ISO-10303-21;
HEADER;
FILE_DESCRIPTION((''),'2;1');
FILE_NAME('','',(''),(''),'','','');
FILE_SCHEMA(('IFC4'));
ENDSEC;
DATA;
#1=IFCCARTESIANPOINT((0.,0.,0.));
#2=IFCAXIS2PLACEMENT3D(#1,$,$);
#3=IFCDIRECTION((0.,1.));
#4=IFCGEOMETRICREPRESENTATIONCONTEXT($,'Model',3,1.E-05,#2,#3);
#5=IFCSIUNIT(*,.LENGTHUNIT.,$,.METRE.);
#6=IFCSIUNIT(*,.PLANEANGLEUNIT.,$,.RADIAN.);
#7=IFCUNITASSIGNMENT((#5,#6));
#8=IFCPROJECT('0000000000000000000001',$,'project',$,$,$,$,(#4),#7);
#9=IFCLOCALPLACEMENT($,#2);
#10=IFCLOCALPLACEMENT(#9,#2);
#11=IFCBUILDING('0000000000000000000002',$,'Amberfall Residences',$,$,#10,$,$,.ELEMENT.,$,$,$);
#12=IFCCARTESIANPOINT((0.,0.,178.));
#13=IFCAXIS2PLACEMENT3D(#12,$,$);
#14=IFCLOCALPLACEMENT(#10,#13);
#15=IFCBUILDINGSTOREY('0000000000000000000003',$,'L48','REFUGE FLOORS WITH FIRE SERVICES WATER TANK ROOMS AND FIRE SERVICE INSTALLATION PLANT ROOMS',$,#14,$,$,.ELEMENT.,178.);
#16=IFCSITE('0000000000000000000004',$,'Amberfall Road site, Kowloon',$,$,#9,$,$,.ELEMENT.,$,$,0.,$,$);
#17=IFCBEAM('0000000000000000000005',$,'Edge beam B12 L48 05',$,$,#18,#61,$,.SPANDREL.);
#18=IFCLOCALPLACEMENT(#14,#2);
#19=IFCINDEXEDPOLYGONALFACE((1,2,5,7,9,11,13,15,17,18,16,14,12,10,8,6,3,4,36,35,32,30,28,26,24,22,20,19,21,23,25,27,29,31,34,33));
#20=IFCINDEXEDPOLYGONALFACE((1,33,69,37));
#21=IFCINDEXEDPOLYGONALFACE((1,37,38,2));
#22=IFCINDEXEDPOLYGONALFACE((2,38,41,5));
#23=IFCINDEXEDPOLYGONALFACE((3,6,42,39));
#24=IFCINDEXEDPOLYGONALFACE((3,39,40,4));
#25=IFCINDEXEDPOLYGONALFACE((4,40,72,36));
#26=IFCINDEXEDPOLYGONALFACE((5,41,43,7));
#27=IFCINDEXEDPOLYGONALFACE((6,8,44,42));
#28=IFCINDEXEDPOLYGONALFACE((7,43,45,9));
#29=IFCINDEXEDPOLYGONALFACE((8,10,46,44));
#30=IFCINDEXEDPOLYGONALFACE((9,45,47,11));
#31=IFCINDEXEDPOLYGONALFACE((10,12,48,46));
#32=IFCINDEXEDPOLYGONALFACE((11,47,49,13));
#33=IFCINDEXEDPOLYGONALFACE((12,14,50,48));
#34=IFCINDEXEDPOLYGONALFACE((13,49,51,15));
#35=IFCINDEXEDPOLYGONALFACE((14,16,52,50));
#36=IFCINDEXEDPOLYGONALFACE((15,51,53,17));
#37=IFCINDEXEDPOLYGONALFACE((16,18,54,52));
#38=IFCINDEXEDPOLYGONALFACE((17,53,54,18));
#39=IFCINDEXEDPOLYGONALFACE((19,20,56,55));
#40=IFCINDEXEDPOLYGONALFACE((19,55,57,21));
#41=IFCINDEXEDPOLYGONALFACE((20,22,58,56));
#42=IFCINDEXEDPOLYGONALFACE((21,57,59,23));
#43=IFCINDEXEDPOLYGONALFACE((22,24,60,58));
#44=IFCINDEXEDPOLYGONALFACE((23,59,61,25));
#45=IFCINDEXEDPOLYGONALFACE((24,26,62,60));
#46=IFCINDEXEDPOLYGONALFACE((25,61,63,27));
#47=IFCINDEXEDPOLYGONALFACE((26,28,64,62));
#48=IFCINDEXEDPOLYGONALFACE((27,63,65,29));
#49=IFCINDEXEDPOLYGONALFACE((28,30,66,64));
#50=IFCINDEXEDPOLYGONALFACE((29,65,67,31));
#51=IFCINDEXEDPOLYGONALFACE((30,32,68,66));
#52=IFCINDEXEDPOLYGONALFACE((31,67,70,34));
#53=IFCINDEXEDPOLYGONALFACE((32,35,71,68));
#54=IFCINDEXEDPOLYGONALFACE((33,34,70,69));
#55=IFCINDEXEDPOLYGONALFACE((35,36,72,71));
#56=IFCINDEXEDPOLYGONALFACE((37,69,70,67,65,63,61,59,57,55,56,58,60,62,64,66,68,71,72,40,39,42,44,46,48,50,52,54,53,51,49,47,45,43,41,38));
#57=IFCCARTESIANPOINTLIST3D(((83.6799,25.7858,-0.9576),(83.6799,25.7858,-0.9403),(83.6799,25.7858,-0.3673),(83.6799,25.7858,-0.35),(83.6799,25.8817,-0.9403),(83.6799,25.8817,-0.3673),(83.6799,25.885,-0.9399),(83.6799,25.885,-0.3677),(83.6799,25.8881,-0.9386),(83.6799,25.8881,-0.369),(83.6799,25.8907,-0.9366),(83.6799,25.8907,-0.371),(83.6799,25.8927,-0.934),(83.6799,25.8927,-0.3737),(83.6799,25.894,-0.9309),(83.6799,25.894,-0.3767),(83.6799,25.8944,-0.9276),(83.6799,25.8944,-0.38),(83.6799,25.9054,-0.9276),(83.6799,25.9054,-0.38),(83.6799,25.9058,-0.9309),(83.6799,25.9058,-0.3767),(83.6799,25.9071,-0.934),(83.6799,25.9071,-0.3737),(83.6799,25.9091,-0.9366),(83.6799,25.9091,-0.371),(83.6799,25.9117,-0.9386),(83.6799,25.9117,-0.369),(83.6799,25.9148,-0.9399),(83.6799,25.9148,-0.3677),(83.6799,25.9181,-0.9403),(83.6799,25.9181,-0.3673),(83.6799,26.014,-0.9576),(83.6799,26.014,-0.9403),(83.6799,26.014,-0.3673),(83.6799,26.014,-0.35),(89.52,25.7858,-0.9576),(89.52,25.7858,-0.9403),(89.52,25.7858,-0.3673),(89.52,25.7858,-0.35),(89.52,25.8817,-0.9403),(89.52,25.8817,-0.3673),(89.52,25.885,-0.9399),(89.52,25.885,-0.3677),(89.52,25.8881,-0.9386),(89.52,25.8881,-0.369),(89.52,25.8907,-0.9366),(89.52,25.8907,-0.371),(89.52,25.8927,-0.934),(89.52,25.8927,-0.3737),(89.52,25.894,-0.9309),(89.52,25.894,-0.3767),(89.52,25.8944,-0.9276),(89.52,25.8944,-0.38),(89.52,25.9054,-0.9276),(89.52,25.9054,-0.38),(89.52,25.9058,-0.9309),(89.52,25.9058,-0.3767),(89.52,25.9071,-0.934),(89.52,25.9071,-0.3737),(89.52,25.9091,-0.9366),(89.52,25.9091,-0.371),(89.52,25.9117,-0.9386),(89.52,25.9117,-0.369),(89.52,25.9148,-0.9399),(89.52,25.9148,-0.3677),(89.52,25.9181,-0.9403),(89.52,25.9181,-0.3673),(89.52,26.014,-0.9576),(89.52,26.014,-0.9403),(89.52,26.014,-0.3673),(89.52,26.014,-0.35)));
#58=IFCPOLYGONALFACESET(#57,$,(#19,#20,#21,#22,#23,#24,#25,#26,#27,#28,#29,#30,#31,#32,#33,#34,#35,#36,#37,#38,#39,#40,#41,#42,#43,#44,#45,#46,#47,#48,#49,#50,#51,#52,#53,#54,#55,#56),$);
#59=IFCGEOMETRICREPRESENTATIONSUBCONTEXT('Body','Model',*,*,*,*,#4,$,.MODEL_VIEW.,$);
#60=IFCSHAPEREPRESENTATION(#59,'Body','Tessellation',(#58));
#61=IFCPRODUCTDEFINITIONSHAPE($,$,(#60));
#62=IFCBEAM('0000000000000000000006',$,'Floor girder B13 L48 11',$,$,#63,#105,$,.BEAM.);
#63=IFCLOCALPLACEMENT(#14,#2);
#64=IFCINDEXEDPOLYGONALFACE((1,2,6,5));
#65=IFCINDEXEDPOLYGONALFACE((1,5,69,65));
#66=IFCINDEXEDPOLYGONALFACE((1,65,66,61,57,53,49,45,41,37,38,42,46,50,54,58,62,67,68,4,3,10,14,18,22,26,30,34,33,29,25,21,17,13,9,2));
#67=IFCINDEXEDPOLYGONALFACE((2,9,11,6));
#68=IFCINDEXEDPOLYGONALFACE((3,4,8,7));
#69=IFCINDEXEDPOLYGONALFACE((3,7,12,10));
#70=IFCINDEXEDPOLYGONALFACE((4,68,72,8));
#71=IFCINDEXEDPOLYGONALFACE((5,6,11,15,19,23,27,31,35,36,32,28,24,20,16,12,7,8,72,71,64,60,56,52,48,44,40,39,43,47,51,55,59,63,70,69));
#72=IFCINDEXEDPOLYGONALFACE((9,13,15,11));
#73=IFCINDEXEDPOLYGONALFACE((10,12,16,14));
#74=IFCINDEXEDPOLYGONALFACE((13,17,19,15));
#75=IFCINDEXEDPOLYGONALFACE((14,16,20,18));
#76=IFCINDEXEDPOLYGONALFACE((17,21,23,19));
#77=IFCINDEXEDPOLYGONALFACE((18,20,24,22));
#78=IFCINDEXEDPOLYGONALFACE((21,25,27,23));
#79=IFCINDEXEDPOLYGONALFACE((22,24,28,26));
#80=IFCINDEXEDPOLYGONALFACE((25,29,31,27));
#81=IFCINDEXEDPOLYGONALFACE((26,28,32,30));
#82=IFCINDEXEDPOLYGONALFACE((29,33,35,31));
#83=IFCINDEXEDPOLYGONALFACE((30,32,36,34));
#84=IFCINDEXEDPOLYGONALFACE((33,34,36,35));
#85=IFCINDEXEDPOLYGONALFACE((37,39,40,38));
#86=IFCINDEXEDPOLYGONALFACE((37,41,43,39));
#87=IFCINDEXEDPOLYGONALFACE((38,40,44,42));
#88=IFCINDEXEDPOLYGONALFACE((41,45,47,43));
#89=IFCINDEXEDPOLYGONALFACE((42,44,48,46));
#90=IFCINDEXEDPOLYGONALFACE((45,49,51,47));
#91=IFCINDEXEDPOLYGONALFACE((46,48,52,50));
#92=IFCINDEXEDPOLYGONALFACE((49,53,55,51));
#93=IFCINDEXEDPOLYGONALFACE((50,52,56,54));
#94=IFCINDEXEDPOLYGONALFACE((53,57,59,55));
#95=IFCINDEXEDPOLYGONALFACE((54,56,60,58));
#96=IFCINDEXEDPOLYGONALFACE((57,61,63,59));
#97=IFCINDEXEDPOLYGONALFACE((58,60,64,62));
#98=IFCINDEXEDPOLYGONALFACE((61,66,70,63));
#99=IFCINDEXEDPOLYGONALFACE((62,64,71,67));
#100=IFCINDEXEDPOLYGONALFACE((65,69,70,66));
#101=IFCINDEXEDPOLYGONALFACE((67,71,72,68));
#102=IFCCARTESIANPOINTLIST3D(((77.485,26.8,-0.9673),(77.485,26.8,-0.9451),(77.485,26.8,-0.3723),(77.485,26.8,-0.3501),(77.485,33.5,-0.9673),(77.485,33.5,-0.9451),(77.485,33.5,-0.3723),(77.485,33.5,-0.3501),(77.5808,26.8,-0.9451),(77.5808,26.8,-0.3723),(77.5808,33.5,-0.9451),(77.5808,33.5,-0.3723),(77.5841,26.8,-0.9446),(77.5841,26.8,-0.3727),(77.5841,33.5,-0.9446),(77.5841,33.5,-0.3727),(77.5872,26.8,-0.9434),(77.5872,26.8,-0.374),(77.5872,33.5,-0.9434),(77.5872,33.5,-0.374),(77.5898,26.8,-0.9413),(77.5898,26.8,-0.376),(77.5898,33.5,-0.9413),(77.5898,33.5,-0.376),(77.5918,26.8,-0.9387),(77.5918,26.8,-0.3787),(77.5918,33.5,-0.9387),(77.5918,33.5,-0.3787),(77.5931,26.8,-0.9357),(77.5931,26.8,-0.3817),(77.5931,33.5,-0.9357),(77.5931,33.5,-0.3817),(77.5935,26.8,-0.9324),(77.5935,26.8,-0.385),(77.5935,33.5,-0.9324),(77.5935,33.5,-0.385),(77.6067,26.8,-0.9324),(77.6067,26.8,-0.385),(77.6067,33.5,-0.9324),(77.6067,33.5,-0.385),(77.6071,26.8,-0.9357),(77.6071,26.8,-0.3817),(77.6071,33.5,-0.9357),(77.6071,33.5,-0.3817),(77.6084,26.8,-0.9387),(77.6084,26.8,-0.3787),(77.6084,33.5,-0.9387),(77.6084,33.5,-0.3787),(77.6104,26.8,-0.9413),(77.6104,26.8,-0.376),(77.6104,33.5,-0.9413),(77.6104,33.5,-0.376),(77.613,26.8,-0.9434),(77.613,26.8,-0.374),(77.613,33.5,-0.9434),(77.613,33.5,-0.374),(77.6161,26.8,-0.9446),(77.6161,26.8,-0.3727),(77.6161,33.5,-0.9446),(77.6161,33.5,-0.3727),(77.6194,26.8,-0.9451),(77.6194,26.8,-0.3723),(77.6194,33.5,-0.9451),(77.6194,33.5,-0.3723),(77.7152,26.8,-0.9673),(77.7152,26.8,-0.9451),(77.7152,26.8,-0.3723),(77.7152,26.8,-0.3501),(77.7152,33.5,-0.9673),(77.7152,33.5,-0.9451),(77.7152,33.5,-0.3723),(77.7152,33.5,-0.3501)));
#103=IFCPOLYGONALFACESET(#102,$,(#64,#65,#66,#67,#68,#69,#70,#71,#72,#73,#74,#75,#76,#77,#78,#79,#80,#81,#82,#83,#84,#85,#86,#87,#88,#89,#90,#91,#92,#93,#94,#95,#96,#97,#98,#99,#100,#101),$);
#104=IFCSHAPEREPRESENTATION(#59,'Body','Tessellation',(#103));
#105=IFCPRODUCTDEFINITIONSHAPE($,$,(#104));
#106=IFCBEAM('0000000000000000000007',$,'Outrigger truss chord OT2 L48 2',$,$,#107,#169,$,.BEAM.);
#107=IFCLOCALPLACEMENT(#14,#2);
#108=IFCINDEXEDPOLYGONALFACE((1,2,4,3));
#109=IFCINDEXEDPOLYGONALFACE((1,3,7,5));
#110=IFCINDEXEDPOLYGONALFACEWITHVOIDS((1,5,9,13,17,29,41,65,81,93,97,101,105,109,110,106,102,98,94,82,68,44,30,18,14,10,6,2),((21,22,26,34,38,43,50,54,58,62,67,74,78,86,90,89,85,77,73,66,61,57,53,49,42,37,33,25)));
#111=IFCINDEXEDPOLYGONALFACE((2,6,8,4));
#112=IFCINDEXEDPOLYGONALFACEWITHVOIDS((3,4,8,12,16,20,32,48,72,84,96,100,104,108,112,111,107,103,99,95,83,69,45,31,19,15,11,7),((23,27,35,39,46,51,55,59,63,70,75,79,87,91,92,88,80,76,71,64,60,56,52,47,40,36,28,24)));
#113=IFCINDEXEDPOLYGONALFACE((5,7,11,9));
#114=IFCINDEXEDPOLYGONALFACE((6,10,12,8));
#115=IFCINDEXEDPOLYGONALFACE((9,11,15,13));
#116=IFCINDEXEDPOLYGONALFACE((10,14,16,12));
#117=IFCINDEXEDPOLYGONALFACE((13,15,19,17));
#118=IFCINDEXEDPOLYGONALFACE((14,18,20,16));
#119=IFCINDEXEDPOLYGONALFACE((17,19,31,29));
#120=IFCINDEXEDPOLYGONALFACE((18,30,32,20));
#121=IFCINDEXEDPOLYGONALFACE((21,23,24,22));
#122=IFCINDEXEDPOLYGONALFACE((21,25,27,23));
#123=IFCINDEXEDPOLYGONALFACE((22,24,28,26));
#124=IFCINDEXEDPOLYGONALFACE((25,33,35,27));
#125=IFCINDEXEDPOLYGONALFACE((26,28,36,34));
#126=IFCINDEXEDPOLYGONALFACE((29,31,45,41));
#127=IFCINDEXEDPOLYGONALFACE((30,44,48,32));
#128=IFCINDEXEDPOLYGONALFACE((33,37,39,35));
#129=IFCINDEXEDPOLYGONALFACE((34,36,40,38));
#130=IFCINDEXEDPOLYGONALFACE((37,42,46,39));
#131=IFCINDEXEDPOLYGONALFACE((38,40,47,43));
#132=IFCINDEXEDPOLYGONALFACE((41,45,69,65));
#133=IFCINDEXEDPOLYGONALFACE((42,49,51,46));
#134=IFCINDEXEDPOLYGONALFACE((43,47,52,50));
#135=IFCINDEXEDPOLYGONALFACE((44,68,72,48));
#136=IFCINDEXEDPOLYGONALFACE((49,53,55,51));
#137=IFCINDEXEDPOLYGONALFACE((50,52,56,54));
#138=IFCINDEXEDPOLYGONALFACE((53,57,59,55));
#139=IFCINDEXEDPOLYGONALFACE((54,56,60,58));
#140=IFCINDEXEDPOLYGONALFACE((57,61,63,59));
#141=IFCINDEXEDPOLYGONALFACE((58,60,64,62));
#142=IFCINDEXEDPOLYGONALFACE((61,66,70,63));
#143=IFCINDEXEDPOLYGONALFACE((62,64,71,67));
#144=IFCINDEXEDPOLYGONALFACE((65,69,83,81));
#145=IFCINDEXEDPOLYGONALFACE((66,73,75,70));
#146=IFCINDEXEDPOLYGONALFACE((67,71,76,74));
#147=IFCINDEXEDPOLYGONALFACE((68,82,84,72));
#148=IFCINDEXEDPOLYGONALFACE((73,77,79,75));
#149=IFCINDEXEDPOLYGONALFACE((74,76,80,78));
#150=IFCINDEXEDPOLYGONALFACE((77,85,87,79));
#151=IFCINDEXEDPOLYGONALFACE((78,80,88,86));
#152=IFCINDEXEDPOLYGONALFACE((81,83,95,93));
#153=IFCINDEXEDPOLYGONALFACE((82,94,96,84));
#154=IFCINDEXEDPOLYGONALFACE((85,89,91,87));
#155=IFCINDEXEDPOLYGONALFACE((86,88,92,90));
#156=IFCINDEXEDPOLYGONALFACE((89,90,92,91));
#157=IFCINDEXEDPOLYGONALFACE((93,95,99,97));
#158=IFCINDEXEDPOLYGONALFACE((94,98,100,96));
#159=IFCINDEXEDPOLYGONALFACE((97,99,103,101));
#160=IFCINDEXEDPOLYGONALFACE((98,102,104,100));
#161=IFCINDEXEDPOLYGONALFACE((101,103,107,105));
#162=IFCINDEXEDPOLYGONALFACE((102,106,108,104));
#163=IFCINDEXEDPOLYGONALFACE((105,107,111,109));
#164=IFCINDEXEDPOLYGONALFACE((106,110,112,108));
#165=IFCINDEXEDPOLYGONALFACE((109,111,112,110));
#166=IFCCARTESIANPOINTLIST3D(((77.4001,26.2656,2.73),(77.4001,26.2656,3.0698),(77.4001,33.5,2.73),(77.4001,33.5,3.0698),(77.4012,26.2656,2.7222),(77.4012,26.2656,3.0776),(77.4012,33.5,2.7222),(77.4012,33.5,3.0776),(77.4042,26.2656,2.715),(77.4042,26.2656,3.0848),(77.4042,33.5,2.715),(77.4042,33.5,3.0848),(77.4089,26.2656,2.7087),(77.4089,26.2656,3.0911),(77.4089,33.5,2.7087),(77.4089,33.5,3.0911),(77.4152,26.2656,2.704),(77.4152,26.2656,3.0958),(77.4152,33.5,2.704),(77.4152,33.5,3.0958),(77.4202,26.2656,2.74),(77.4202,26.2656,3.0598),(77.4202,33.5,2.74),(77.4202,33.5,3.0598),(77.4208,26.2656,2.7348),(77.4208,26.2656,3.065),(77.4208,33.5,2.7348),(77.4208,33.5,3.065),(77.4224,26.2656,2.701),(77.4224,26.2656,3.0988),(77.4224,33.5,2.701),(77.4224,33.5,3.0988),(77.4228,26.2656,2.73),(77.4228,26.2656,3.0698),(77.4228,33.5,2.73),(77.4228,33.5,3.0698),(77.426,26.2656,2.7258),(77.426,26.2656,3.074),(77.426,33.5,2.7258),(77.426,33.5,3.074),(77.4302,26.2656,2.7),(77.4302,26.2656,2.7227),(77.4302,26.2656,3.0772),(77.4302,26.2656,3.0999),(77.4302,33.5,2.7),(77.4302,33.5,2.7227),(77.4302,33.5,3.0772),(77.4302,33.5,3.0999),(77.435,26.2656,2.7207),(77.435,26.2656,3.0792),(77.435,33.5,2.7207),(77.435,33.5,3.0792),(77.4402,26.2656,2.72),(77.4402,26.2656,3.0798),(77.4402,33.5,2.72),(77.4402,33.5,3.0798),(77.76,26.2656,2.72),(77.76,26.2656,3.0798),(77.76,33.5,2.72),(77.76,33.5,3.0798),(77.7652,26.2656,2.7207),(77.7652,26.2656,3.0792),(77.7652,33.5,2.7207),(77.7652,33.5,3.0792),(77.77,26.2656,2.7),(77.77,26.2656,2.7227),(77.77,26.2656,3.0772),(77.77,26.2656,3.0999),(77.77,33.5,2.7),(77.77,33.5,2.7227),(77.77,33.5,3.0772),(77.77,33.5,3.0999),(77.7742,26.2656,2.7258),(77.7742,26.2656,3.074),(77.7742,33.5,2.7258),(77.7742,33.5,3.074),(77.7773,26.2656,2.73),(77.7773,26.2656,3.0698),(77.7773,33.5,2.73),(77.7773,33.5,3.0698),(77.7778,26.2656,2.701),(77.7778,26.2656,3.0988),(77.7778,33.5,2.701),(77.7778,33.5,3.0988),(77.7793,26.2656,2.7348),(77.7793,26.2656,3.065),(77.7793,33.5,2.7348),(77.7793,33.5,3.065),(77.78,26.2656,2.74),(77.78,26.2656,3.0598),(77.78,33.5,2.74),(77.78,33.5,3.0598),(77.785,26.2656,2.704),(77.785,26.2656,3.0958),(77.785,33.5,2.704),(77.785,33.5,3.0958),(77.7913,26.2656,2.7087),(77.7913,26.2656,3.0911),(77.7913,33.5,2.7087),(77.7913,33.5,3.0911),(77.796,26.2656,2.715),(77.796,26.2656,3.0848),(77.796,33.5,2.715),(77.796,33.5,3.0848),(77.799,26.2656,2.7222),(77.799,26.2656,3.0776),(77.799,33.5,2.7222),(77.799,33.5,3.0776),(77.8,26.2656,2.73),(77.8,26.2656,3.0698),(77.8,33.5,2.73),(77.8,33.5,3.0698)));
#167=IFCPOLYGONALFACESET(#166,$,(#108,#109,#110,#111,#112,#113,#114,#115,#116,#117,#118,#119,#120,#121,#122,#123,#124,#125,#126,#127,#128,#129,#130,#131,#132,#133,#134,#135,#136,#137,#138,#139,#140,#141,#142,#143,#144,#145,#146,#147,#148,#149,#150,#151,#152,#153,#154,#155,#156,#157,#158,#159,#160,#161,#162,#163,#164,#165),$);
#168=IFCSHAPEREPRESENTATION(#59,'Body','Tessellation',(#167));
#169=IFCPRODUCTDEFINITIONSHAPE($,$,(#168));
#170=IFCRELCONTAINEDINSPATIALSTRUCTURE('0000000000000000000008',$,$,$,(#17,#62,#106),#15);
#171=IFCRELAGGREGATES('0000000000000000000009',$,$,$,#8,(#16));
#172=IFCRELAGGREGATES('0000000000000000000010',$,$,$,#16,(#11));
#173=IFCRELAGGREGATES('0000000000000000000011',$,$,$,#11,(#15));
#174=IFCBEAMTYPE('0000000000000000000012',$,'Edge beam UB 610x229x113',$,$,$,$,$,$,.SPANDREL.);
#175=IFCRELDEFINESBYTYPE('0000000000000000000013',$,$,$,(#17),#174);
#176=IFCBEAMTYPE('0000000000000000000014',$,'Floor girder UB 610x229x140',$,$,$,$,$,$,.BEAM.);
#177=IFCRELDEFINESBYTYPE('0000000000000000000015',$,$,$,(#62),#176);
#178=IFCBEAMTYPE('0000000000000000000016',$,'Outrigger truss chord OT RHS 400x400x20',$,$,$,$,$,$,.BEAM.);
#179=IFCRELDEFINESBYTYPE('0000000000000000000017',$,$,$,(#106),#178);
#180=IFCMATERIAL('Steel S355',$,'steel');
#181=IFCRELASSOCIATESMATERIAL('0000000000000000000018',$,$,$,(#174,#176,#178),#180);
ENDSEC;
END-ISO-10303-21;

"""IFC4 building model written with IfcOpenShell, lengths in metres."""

from ifc_helpers import new_model, si_unit, direction, frame, origin, origin_2d, place, context, subcontext, project, spatial, hollow_rectangle, i_section, extrude, material, material_profile, profile_set, type_object, element, save


model = new_model("IFC4")

# Units and contexts
model_context = context("Model", 3, precision=1e-05, world=origin(), true_north=direction((0.0, 1.0)))
body_context = subcontext(model_context, "Body", "Model", "MODEL_VIEW")
ifc_project = project(units=[si_unit("LENGTHUNIT", "METRE"), si_unit("PLANEANGLEUNIT", "RADIAN")], contexts=[model_context])

# Site, building, storey
site_placement = place(None, origin())
site = spatial("IfcSite", under=ifc_project, at=site_placement, Name="Amberfall Road site, Kowloon", CompositionType="ELEMENT", RefElevation=0.0)
building_placement = place(site_placement, origin())
building = spatial("IfcBuilding", under=site, at=building_placement, Name="Amberfall Residences", CompositionType="ELEMENT")
storey_placement = place(building_placement, frame((0.0, 0.0, 178.0)))
storey = spatial("IfcBuildingStorey", under=building, at=storey_placement, Name="L48", Description="REFUGE FLOORS WITH FIRE SERVICES WATER TANK ROOMS AND FIRE SERVICE INSTALLATION PLANT ROOMS", CompositionType="ELEMENT", Elevation=178.0)

# Shared definitions
ifc_material_1 = material(Name="Steel S355", Category="steel")

# Beams
ifc_material_profile_1 = material_profile(ifc_material_1, i_section(OverallWidth=0.2283, OverallDepth=0.6077, WebThickness=0.011, FlangeThickness=0.0173, FilletRadius=0.0127, at=origin_2d()), Name="UB 610x229x113")
ifc_profile_set_1 = profile_set([ifc_material_profile_1], Name="Steel S355")
beam_type_1 = type_object("IfcBeamType", Name="Edge beam UB 610x229x113", PredefinedType="SPANDREL", material=ifc_profile_set_1)
beam_1_placement = place(storey_placement, frame((83.6799, 25.8999, -0.6538), z_axis=(1.0, 0.0, 0.0), x_axis=(0.0, 1.0, 0.0)))
element("IfcBeam", 1, at=beam_1_placement, inside=storey, type_object=beam_type_1, Name="Edge beam B12 L48 05", PredefinedType="SPANDREL", context=body_context, shape_type="SweptSolid", body=[
    extrude(i_section(OverallWidth=0.2283, OverallDepth=0.6077, WebThickness=0.011, FlangeThickness=0.0173, FilletRadius=0.0127, at=origin_2d()), origin(), (0.0, 0.0, 1.0), 5.8401),
])
ifc_material_profile_2 = material_profile(ifc_material_1, i_section(OverallWidth=0.2302, OverallDepth=0.6172, WebThickness=0.0132, FlangeThickness=0.0222, FilletRadius=0.0127, at=origin_2d()), Name="UB 610x229x140")
ifc_profile_set_2 = profile_set([ifc_material_profile_2], Name="Steel S355")
beam_type_2 = type_object("IfcBeamType", Name="Floor girder UB 610x229x140", PredefinedType="BEAM", material=ifc_profile_set_2)
beam_2_placement = place(storey_placement, frame((77.6001, 26.8, -0.6587), z_axis=(0.0, 1.0, 0.0), x_axis=(-1.0, 0.0, 0.0)))
element("IfcBeam", 2, at=beam_2_placement, inside=storey, type_object=beam_type_2, Name="Floor girder B13 L48 11", PredefinedType="BEAM", context=body_context, shape_type="SweptSolid", body=[
    extrude(i_section(OverallWidth=0.2302, OverallDepth=0.6172, WebThickness=0.0132, FlangeThickness=0.0222, FilletRadius=0.0127, at=origin_2d()), origin(), (0.0, 0.0, 1.0), 6.7),
])
ifc_material_profile_3 = material_profile(ifc_material_1, hollow_rectangle(XDim=0.3999, YDim=0.3999, WallThickness=0.02, InnerFilletRadius=0.02, OuterFilletRadius=0.03, at=origin_2d()), Name="RHS 400x400x20")
ifc_profile_set_3 = profile_set([ifc_material_profile_3], Name="Steel S355")
beam_type_3 = type_object("IfcBeamType", Name="Outrigger truss chord OT RHS 400x400x20", PredefinedType="BEAM", material=ifc_profile_set_3)
beam_3_placement = place(storey_placement, frame((77.6001, 26.2656, 2.8999), z_axis=(0.0, 1.0, 0.0), x_axis=(-1.0, 0.0, 0.0)))
element("IfcBeam", 3, at=beam_3_placement, inside=storey, type_object=beam_type_3, Name="Outrigger truss chord OT2 L48 2", PredefinedType="BEAM", context=body_context, shape_type="SweptSolid", body=[
    extrude(hollow_rectangle(XDim=0.3999, YDim=0.3999, WallThickness=0.02, InnerFilletRadius=0.02, OuterFilletRadius=0.03, at=origin_2d()), origin(), (0.0, 0.0, 1.0), 7.2344),
])

save(model, "model.ifc")
